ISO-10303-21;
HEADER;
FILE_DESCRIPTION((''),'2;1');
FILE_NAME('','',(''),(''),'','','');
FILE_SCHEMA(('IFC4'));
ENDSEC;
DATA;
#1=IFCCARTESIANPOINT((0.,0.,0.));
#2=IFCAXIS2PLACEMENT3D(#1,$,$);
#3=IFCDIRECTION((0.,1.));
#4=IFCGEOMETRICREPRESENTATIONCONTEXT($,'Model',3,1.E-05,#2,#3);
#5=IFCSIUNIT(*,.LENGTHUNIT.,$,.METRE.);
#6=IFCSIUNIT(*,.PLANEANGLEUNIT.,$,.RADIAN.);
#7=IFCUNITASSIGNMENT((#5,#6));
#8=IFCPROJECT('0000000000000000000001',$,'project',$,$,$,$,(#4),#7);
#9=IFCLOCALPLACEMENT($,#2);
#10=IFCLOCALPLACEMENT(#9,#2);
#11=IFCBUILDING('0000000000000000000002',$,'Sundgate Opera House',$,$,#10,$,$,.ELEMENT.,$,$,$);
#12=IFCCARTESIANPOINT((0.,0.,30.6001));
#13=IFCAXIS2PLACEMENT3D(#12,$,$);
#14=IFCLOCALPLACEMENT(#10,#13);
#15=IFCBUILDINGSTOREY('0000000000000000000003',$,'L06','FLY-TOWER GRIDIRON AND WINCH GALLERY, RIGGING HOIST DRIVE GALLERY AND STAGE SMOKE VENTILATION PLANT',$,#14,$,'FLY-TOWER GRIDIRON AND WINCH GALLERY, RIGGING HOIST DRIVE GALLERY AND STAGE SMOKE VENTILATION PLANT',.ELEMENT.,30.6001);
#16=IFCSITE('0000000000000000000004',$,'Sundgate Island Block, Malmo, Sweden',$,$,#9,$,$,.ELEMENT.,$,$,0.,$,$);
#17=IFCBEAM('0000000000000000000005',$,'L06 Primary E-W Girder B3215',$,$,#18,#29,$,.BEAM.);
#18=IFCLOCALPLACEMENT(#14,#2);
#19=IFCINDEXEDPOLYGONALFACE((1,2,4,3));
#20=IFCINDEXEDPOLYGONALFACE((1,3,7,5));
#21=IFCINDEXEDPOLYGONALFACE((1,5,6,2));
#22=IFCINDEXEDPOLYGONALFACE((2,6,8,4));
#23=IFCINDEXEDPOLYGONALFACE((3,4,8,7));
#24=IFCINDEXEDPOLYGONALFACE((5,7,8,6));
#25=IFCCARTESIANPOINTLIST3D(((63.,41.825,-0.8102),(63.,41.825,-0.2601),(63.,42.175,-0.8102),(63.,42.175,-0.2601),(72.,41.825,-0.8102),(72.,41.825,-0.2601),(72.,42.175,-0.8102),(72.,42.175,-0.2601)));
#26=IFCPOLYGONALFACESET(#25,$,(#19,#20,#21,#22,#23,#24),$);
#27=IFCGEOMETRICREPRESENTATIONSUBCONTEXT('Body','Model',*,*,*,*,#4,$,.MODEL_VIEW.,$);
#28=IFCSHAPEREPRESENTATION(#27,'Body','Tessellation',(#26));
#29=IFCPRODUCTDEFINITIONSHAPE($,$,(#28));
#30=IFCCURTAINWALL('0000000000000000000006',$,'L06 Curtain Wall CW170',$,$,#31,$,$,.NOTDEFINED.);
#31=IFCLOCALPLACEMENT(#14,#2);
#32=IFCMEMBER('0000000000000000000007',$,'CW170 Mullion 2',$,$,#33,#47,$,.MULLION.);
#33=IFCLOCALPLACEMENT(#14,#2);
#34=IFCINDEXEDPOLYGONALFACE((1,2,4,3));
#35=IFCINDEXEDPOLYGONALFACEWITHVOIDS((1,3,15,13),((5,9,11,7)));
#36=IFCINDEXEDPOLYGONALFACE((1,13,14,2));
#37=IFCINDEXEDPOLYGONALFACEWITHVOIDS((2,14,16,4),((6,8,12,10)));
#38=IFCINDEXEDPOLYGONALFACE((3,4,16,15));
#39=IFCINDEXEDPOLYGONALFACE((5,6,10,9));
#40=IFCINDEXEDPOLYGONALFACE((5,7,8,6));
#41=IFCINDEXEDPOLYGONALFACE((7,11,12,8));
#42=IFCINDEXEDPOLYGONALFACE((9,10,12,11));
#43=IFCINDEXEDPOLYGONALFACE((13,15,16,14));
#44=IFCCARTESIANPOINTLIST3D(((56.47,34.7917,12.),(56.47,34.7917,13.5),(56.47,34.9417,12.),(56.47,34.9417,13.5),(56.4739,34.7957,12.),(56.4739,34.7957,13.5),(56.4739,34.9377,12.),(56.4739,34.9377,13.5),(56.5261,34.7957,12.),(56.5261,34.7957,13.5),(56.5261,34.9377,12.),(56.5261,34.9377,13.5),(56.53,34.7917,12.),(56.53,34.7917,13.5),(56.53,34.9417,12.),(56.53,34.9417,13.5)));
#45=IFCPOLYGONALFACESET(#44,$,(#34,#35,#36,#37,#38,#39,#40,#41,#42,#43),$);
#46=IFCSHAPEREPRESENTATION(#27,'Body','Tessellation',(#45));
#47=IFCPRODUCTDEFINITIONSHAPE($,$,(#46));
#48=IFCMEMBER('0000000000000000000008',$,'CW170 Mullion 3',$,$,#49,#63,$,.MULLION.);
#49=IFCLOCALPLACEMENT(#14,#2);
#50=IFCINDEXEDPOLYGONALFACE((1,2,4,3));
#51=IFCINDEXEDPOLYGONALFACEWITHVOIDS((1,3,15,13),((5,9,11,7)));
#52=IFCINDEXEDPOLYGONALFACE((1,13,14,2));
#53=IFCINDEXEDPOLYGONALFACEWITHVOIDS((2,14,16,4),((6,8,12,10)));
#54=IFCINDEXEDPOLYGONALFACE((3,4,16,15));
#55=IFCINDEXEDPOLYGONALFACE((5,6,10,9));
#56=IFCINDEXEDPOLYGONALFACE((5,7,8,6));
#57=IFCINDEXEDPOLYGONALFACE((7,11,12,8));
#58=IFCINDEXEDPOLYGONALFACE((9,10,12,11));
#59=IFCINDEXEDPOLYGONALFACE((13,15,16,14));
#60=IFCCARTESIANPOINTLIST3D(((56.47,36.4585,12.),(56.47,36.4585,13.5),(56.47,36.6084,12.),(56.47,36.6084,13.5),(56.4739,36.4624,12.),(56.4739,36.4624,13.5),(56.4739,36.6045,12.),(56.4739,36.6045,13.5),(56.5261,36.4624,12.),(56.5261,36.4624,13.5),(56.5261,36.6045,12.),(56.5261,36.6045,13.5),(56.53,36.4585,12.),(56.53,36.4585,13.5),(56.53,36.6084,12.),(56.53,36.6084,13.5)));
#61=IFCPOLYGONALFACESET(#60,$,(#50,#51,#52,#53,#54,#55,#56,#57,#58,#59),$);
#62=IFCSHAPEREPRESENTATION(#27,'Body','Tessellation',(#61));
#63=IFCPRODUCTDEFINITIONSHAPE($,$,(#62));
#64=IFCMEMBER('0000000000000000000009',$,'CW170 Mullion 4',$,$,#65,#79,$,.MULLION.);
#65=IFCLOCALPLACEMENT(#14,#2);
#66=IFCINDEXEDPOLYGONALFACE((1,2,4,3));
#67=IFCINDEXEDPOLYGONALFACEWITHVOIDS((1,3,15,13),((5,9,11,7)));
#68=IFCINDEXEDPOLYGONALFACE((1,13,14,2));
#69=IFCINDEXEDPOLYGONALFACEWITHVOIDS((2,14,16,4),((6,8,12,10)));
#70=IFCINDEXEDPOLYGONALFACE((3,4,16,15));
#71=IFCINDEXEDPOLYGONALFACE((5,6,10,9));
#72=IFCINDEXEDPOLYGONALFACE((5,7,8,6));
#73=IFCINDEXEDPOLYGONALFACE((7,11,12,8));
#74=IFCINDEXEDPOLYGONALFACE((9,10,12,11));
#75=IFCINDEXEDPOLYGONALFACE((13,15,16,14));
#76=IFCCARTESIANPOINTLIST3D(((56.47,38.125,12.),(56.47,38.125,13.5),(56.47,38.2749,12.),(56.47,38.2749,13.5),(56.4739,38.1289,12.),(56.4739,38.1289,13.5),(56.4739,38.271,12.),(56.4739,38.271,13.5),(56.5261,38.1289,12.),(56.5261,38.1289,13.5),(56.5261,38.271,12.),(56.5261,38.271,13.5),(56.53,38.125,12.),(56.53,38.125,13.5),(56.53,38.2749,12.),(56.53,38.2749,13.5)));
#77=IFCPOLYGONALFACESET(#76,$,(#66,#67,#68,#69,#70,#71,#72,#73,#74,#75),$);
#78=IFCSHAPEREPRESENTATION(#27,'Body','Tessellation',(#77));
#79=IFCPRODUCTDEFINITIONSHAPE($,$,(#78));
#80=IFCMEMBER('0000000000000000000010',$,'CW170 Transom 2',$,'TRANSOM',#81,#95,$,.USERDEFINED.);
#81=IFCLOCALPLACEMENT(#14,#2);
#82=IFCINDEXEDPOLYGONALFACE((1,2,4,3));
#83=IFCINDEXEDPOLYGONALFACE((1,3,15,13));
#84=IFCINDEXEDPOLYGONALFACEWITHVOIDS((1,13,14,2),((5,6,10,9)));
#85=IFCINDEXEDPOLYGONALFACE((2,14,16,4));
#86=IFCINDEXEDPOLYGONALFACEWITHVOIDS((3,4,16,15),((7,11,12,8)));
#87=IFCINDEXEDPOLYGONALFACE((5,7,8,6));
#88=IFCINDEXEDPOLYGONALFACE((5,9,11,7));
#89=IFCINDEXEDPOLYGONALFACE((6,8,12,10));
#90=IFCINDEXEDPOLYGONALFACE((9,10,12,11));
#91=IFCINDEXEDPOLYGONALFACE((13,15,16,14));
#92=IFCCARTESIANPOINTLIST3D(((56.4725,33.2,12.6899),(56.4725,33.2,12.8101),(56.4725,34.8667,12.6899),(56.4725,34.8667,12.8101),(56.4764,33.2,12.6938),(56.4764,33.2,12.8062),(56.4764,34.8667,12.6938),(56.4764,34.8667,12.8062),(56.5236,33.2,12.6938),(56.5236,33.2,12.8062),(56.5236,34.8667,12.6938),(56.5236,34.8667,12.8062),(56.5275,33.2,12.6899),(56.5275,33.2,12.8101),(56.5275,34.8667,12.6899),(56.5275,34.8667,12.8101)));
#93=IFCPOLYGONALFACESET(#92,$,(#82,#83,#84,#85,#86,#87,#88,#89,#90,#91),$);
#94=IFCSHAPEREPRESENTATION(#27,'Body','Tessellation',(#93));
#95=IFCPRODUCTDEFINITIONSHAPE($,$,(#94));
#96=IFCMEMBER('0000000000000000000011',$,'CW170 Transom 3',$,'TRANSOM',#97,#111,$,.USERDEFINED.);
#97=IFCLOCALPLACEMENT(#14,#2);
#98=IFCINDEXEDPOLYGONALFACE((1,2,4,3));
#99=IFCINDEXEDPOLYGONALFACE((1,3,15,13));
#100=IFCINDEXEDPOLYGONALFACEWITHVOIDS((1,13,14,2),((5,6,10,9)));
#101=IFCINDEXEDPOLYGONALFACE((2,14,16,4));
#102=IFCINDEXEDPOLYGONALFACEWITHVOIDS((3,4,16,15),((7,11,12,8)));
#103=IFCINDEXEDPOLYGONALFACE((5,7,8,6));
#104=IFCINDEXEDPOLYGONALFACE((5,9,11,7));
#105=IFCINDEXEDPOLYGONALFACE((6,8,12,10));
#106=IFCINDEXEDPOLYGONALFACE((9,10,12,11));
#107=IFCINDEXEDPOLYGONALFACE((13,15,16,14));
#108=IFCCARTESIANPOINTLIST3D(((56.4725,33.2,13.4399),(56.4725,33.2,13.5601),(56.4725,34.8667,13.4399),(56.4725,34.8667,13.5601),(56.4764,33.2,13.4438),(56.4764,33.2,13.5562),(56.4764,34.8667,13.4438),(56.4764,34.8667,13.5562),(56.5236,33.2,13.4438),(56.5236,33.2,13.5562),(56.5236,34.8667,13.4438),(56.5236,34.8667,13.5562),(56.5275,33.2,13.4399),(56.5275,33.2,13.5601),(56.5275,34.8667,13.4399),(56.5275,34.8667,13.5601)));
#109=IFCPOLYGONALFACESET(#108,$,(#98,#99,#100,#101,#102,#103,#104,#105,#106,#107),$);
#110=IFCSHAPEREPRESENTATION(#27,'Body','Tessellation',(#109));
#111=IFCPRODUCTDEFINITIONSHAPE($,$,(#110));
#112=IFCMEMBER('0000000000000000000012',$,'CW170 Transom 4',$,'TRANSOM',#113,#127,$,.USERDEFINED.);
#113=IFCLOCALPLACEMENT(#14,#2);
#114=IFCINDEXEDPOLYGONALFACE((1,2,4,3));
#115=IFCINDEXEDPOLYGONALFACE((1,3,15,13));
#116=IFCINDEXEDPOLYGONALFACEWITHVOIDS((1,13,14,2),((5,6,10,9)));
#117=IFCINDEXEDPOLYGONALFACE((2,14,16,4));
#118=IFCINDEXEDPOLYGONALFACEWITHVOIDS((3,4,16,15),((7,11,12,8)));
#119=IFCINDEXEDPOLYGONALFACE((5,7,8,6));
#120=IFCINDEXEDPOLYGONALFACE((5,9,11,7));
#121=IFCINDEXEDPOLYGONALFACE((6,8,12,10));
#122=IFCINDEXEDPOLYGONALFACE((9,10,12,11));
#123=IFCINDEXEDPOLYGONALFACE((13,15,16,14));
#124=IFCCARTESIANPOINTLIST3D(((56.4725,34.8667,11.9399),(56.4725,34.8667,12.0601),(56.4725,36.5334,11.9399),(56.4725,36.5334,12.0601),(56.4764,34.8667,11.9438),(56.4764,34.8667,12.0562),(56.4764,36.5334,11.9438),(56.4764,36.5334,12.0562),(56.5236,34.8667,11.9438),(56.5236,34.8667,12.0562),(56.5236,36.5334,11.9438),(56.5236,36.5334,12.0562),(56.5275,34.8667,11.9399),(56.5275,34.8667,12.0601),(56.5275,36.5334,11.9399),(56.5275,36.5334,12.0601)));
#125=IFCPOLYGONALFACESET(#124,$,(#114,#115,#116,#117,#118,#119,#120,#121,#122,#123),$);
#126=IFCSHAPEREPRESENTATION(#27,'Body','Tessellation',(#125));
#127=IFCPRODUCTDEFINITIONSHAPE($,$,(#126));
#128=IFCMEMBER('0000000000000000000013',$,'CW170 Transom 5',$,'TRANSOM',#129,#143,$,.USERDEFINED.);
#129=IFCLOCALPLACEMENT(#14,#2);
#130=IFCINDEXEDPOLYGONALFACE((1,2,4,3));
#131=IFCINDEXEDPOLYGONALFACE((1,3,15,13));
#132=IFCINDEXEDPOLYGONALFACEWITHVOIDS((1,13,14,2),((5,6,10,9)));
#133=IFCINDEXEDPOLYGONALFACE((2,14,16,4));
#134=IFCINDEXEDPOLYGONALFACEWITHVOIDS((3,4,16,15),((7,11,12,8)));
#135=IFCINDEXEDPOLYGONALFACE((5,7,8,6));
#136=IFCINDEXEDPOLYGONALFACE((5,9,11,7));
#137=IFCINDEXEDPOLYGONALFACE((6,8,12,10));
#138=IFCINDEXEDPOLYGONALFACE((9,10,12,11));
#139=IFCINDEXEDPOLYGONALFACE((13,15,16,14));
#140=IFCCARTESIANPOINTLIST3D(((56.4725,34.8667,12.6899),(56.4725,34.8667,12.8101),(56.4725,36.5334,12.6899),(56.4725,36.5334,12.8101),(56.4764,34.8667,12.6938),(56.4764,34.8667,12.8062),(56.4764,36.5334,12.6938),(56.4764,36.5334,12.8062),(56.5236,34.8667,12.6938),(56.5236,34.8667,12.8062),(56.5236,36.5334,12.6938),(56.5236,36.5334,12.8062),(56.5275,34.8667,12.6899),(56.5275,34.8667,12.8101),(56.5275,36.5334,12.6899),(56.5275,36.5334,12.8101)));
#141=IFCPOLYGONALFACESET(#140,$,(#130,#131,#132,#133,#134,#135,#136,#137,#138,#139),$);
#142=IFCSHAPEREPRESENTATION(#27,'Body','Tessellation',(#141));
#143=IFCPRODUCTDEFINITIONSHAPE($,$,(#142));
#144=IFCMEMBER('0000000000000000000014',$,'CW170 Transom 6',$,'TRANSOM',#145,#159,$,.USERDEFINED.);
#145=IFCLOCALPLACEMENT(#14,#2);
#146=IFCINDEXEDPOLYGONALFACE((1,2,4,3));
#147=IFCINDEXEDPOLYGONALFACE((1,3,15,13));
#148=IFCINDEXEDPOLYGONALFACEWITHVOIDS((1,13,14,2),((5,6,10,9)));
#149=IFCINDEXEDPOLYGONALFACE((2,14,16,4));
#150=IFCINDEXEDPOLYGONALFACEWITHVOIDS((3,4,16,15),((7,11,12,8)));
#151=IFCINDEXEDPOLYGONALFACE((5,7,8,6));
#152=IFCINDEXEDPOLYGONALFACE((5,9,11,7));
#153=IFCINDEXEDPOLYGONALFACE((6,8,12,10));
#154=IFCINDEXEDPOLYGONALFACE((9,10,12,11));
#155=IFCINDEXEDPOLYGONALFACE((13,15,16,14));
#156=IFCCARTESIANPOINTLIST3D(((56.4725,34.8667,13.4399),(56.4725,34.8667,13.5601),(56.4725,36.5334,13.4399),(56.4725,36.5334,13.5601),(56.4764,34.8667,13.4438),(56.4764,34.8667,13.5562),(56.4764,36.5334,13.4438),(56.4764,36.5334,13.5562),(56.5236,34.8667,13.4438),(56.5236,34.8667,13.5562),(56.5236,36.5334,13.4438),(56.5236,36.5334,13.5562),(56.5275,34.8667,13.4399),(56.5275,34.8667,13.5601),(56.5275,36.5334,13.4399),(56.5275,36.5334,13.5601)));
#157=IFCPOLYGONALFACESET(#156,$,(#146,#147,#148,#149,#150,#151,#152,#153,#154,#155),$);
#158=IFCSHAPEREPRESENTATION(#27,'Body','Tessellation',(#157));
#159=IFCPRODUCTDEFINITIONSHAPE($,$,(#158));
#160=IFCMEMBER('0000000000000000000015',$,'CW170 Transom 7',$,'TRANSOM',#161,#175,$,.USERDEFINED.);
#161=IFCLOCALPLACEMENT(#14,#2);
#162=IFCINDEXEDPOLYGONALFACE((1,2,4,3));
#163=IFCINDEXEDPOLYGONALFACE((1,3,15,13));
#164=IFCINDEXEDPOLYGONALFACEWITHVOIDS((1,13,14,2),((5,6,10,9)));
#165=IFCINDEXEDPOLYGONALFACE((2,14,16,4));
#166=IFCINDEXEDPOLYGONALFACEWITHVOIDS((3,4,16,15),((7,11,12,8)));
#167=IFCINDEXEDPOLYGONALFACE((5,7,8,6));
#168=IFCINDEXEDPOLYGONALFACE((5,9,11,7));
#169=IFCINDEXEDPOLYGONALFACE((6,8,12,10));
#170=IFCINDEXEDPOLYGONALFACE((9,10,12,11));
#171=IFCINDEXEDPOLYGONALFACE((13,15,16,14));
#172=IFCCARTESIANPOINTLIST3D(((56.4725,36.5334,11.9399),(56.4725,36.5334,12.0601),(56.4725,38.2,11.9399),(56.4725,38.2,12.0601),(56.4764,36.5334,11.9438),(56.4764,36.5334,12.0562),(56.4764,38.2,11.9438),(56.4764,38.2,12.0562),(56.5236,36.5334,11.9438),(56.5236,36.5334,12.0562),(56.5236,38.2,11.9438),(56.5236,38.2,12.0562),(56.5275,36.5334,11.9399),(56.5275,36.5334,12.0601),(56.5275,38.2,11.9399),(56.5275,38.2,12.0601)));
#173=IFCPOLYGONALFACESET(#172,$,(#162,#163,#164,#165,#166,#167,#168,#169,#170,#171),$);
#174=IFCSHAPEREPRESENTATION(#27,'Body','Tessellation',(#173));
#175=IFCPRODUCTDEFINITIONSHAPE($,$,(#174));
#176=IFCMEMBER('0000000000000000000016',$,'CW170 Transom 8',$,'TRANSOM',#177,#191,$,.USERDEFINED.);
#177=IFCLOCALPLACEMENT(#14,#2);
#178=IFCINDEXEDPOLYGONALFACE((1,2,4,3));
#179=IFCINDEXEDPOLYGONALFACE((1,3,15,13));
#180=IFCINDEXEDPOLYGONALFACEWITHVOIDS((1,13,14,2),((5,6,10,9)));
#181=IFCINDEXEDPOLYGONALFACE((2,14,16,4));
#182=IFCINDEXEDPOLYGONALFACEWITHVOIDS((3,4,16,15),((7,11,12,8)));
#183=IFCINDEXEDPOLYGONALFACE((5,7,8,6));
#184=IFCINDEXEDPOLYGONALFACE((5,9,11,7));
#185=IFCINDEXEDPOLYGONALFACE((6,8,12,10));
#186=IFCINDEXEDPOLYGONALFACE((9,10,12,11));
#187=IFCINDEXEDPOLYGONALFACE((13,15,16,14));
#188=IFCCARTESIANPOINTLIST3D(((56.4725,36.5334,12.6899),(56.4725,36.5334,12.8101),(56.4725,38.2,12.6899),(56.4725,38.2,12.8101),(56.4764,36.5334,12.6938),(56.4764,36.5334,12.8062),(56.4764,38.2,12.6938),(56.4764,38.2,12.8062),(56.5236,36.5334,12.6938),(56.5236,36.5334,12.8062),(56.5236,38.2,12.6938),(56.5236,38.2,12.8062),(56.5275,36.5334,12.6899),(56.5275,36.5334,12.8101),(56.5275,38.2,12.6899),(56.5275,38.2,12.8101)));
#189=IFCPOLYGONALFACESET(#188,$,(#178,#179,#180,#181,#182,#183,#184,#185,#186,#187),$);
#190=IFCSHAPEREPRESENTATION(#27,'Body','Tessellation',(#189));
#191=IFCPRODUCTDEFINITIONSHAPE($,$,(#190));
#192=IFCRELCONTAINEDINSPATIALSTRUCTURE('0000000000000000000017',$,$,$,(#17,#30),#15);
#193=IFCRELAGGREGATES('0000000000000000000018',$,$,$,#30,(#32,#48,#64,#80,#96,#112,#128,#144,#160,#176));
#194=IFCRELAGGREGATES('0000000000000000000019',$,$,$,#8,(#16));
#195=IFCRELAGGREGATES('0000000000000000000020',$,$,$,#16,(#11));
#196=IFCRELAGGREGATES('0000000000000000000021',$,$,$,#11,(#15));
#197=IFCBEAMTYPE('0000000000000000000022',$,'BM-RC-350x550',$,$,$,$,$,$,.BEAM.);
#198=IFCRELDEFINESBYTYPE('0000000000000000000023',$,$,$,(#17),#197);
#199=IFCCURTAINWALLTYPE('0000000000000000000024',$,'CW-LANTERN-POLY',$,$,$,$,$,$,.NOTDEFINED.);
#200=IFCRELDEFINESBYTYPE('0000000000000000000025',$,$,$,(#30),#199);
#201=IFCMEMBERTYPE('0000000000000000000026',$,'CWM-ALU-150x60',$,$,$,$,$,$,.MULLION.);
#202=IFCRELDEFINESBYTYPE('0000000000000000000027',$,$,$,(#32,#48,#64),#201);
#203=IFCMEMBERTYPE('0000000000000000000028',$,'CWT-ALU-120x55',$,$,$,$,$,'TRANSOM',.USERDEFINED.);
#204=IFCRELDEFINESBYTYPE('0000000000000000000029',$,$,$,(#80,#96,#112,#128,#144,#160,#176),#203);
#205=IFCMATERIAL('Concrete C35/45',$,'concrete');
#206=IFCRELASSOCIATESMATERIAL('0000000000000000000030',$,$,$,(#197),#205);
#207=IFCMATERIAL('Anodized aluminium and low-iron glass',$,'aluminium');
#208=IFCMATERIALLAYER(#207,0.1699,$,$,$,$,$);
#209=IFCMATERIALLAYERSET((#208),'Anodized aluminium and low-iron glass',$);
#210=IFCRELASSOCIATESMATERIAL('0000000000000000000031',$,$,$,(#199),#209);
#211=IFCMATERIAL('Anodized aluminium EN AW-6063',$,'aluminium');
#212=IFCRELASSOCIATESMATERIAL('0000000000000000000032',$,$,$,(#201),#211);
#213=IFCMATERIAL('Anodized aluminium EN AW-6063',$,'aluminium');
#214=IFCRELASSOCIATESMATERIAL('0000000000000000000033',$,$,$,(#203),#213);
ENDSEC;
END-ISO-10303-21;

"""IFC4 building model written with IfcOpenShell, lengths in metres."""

from ifc_helpers import new_model, si_unit, direction, frame, origin, origin_2d, place, context, subcontext, project, spatial, rectangle, hollow_rectangle, extrude, material, layer, layer_set, material_profile, profile_set, type_object, element, aggregate, save


model = new_model("IFC4")

# Units and contexts
model_context = context("Model", 3, precision=1e-05, world=origin(), true_north=direction((0.0, 1.0)))
body_context = subcontext(model_context, "Body", "Model", "MODEL_VIEW")
ifc_project = project(units=[si_unit("LENGTHUNIT", "METRE"), si_unit("PLANEANGLEUNIT", "RADIAN")], contexts=[model_context])

# Site, building, storey
site_placement = place(None, origin())
site = spatial("IfcSite", under=ifc_project, at=site_placement, Name="Sundgate Island Block, Malmo, Sweden", CompositionType="ELEMENT", RefElevation=0.0)
building_placement = place(site_placement, origin())
building = spatial("IfcBuilding", under=site, at=building_placement, Name="Sundgate Opera House", CompositionType="ELEMENT")
storey_placement = place(building_placement, frame((0.0, 0.0, 30.6001)))
storey = spatial("IfcBuildingStorey", under=building, at=storey_placement, Name="L06", Description="FLY-TOWER GRIDIRON AND WINCH GALLERY, RIGGING HOIST DRIVE GALLERY AND STAGE SMOKE VENTILATION PLANT", LongName="FLY-TOWER GRIDIRON AND WINCH GALLERY, RIGGING HOIST DRIVE GALLERY AND STAGE SMOKE VENTILATION PLANT", CompositionType="ELEMENT", Elevation=30.6001)

# Beam
ifc_material_1 = material(Name="Concrete C35/45", Category="concrete")
ifc_material_profile_1 = material_profile(ifc_material_1, rectangle(XDim=0.3501, YDim=0.55, at=origin_2d()), Name="RC 350x550")
ifc_profile_set_1 = profile_set([ifc_material_profile_1], Name="Concrete C35/45")
beam_type = type_object("IfcBeamType", Name="BM-RC-350x550", PredefinedType="BEAM", material=ifc_profile_set_1)
beam_placement = place(storey_placement, frame((63.0, 42.0, -0.5352), z_axis=(1.0, 0.0, 0.0), x_axis=(0.0, 1.0, 0.0)))
element("IfcBeam", 1, at=beam_placement, inside=storey, type_object=beam_type, Name="L06 Primary E-W Girder B3215", PredefinedType="BEAM", context=body_context, shape_type="SweptSolid", body=[
    extrude(rectangle(XDim=0.3501, YDim=0.55, at=origin_2d()), origin(), (0.0, 0.0, 1.0), 9.0),
])

# Curtain wall, members
ifc_material_2 = material(Name="Anodized aluminium and low-iron glass", Category="aluminium")
ifc_layer_1 = layer(ifc_material_2, 0.1699)
ifc_layer_set_1 = layer_set([ifc_layer_1], Name="Anodized aluminium and low-iron glass")
curtain_wall_type = type_object("IfcCurtainWallType", Name="CW-LANTERN-POLY", PredefinedType="NOTDEFINED", material=ifc_layer_set_1)
curtain_wall_placement = place(storey_placement, origin())
curtain_wall = element("IfcCurtainWall", 2, at=curtain_wall_placement, inside=storey, type_object=curtain_wall_type, Name="L06 Curtain Wall CW170", PredefinedType="NOTDEFINED")
ifc_material_3 = material(Name="Anodized aluminium EN AW-6063", Category="aluminium")
ifc_material_profile_2 = material_profile(ifc_material_3, hollow_rectangle(XDim=0.0601, YDim=0.1499, WallThickness=0.0039, at=origin_2d()), Name="CWM 150x60x4")
ifc_profile_set_2 = profile_set([ifc_material_profile_2], Name="Anodized aluminium EN AW-6063")
member_type_1 = type_object("IfcMemberType", Name="CWM-ALU-150x60", PredefinedType="MULLION", material=ifc_profile_set_2)
member_1_placement = place(storey_placement, frame((56.5, 34.8667, 12.0), z_axis=(0.0, 0.0, 1.0), x_axis=(1.0, 0.0, 0.0)))
member_1 = element("IfcMember", 3, at=member_1_placement, type_object=member_type_1, Name="CW170 Mullion 2", PredefinedType="MULLION", context=body_context, shape_type="SweptSolid", body=[
    extrude(hollow_rectangle(XDim=0.0601, YDim=0.1499, WallThickness=0.0039, at=origin_2d()), origin(), (0.0, 0.0, 1.0), 1.5),
])
member_2_placement = place(storey_placement, frame((56.5, 36.5334, 12.0), z_axis=(0.0, 0.0, 1.0), x_axis=(1.0, 0.0, 0.0)))
member_2 = element("IfcMember", 4, at=member_2_placement, type_object=member_type_1, Name="CW170 Mullion 3", PredefinedType="MULLION", context=body_context, shape_type="SweptSolid", body=[
    extrude(hollow_rectangle(XDim=0.0601, YDim=0.1499, WallThickness=0.0039, at=origin_2d()), origin(), (0.0, 0.0, 1.0), 1.5),
])
member_3_placement = place(storey_placement, frame((56.5, 38.2, 12.0), z_axis=(0.0, 0.0, 1.0), x_axis=(1.0, 0.0, 0.0)))
member_3 = element("IfcMember", 5, at=member_3_placement, type_object=member_type_1, Name="CW170 Mullion 4", PredefinedType="MULLION", context=body_context, shape_type="SweptSolid", body=[
    extrude(hollow_rectangle(XDim=0.0601, YDim=0.1499, WallThickness=0.0039, at=origin_2d()), origin(), (0.0, 0.0, 1.0), 1.5),
])
ifc_material_4 = material(Name="Anodized aluminium EN AW-6063", Category="aluminium")
ifc_material_profile_3 = material_profile(ifc_material_4, hollow_rectangle(XDim=0.0549, YDim=0.1201, WallThickness=0.0039, at=origin_2d()), Name="CWT 120x55x4")
ifc_profile_set_3 = profile_set([ifc_material_profile_3], Name="Anodized aluminium EN AW-6063")
member_type_2 = type_object("IfcMemberType", Name="CWT-ALU-120x55", ElementType="TRANSOM", PredefinedType="USERDEFINED", material=ifc_profile_set_3)
member_4_placement = place(storey_placement, frame((56.5, 33.2, 12.75), z_axis=(0.0, 1.0, 0.0), x_axis=(-1.0, 0.0, 0.0)))
member_4 = element("IfcMember", 6, at=member_4_placement, type_object=member_type_2, Name="CW170 Transom 2", ObjectType="TRANSOM", PredefinedType="USERDEFINED", context=body_context, shape_type="SweptSolid", body=[
    extrude(hollow_rectangle(XDim=0.0549, YDim=0.1201, WallThickness=0.0039, at=origin_2d()), origin(), (0.0, 0.0, 1.0), 1.6667),
])
member_5_placement = place(storey_placement, frame((56.5, 33.2, 13.5), z_axis=(0.0, 1.0, 0.0), x_axis=(-1.0, 0.0, 0.0)))
member_5 = element("IfcMember", 7, at=member_5_placement, type_object=member_type_2, Name="CW170 Transom 3", ObjectType="TRANSOM", PredefinedType="USERDEFINED", context=body_context, shape_type="SweptSolid", body=[
    extrude(hollow_rectangle(XDim=0.0549, YDim=0.1201, WallThickness=0.0039, at=origin_2d()), origin(), (0.0, 0.0, 1.0), 1.6667),
])
member_6_placement = place(storey_placement, frame((56.5, 34.8667, 12.0), z_axis=(0.0, 1.0, 0.0), x_axis=(-1.0, 0.0, 0.0)))
member_6 = element("IfcMember", 8, at=member_6_placement, type_object=member_type_2, Name="CW170 Transom 4", ObjectType="TRANSOM", PredefinedType="USERDEFINED", context=body_context, shape_type="SweptSolid", body=[
    extrude(hollow_rectangle(XDim=0.0549, YDim=0.1201, WallThickness=0.0039, at=origin_2d()), origin(), (0.0, 0.0, 1.0), 1.6667),
])
member_7_placement = place(storey_placement, frame((56.5, 34.8667, 12.75), z_axis=(0.0, 1.0, 0.0), x_axis=(-1.0, 0.0, 0.0)))
member_7 = element("IfcMember", 9, at=member_7_placement, type_object=member_type_2, Name="CW170 Transom 5", ObjectType="TRANSOM", PredefinedType="USERDEFINED", context=body_context, shape_type="SweptSolid", body=[
    extrude(hollow_rectangle(XDim=0.0549, YDim=0.1201, WallThickness=0.0039, at=origin_2d()), origin(), (0.0, 0.0, 1.0), 1.6667),
])
member_8_placement = place(storey_placement, frame((56.5, 34.8667, 13.5), z_axis=(0.0, 1.0, 0.0), x_axis=(-1.0, 0.0, 0.0)))
member_8 = element("IfcMember", 10, at=member_8_placement, type_object=member_type_2, Name="CW170 Transom 6", ObjectType="TRANSOM", PredefinedType="USERDEFINED", context=body_context, shape_type="SweptSolid", body=[
    extrude(hollow_rectangle(XDim=0.0549, YDim=0.1201, WallThickness=0.0039, at=origin_2d()), origin(), (0.0, 0.0, 1.0), 1.6667),
])
member_9_placement = place(storey_placement, frame((56.5, 36.5334, 12.0), z_axis=(0.0, 1.0, 0.0), x_axis=(-1.0, 0.0, 0.0)))
member_9 = element("IfcMember", 11, at=member_9_placement, type_object=member_type_2, Name="CW170 Transom 7", ObjectType="TRANSOM", PredefinedType="USERDEFINED", context=body_context, shape_type="SweptSolid", body=[
    extrude(hollow_rectangle(XDim=0.0549, YDim=0.1201, WallThickness=0.0039, at=origin_2d()), origin(), (0.0, 0.0, 1.0), 1.6665),
])
member_10_placement = place(storey_placement, frame((56.5, 36.5334, 12.75), z_axis=(0.0, 1.0, 0.0), x_axis=(-1.0, 0.0, 0.0)))
member_10 = element("IfcMember", 12, at=member_10_placement, type_object=member_type_2, Name="CW170 Transom 8", ObjectType="TRANSOM", PredefinedType="USERDEFINED", context=body_context, shape_type="SweptSolid", body=[
    extrude(hollow_rectangle(XDim=0.0549, YDim=0.1201, WallThickness=0.0039, at=origin_2d()), origin(), (0.0, 0.0, 1.0), 1.6665),
])

aggregate(curtain_wall, [member_1, member_2, member_3, member_4, member_5, member_6, member_7, member_8, member_9, member_10])

save(model, "model.ifc")
